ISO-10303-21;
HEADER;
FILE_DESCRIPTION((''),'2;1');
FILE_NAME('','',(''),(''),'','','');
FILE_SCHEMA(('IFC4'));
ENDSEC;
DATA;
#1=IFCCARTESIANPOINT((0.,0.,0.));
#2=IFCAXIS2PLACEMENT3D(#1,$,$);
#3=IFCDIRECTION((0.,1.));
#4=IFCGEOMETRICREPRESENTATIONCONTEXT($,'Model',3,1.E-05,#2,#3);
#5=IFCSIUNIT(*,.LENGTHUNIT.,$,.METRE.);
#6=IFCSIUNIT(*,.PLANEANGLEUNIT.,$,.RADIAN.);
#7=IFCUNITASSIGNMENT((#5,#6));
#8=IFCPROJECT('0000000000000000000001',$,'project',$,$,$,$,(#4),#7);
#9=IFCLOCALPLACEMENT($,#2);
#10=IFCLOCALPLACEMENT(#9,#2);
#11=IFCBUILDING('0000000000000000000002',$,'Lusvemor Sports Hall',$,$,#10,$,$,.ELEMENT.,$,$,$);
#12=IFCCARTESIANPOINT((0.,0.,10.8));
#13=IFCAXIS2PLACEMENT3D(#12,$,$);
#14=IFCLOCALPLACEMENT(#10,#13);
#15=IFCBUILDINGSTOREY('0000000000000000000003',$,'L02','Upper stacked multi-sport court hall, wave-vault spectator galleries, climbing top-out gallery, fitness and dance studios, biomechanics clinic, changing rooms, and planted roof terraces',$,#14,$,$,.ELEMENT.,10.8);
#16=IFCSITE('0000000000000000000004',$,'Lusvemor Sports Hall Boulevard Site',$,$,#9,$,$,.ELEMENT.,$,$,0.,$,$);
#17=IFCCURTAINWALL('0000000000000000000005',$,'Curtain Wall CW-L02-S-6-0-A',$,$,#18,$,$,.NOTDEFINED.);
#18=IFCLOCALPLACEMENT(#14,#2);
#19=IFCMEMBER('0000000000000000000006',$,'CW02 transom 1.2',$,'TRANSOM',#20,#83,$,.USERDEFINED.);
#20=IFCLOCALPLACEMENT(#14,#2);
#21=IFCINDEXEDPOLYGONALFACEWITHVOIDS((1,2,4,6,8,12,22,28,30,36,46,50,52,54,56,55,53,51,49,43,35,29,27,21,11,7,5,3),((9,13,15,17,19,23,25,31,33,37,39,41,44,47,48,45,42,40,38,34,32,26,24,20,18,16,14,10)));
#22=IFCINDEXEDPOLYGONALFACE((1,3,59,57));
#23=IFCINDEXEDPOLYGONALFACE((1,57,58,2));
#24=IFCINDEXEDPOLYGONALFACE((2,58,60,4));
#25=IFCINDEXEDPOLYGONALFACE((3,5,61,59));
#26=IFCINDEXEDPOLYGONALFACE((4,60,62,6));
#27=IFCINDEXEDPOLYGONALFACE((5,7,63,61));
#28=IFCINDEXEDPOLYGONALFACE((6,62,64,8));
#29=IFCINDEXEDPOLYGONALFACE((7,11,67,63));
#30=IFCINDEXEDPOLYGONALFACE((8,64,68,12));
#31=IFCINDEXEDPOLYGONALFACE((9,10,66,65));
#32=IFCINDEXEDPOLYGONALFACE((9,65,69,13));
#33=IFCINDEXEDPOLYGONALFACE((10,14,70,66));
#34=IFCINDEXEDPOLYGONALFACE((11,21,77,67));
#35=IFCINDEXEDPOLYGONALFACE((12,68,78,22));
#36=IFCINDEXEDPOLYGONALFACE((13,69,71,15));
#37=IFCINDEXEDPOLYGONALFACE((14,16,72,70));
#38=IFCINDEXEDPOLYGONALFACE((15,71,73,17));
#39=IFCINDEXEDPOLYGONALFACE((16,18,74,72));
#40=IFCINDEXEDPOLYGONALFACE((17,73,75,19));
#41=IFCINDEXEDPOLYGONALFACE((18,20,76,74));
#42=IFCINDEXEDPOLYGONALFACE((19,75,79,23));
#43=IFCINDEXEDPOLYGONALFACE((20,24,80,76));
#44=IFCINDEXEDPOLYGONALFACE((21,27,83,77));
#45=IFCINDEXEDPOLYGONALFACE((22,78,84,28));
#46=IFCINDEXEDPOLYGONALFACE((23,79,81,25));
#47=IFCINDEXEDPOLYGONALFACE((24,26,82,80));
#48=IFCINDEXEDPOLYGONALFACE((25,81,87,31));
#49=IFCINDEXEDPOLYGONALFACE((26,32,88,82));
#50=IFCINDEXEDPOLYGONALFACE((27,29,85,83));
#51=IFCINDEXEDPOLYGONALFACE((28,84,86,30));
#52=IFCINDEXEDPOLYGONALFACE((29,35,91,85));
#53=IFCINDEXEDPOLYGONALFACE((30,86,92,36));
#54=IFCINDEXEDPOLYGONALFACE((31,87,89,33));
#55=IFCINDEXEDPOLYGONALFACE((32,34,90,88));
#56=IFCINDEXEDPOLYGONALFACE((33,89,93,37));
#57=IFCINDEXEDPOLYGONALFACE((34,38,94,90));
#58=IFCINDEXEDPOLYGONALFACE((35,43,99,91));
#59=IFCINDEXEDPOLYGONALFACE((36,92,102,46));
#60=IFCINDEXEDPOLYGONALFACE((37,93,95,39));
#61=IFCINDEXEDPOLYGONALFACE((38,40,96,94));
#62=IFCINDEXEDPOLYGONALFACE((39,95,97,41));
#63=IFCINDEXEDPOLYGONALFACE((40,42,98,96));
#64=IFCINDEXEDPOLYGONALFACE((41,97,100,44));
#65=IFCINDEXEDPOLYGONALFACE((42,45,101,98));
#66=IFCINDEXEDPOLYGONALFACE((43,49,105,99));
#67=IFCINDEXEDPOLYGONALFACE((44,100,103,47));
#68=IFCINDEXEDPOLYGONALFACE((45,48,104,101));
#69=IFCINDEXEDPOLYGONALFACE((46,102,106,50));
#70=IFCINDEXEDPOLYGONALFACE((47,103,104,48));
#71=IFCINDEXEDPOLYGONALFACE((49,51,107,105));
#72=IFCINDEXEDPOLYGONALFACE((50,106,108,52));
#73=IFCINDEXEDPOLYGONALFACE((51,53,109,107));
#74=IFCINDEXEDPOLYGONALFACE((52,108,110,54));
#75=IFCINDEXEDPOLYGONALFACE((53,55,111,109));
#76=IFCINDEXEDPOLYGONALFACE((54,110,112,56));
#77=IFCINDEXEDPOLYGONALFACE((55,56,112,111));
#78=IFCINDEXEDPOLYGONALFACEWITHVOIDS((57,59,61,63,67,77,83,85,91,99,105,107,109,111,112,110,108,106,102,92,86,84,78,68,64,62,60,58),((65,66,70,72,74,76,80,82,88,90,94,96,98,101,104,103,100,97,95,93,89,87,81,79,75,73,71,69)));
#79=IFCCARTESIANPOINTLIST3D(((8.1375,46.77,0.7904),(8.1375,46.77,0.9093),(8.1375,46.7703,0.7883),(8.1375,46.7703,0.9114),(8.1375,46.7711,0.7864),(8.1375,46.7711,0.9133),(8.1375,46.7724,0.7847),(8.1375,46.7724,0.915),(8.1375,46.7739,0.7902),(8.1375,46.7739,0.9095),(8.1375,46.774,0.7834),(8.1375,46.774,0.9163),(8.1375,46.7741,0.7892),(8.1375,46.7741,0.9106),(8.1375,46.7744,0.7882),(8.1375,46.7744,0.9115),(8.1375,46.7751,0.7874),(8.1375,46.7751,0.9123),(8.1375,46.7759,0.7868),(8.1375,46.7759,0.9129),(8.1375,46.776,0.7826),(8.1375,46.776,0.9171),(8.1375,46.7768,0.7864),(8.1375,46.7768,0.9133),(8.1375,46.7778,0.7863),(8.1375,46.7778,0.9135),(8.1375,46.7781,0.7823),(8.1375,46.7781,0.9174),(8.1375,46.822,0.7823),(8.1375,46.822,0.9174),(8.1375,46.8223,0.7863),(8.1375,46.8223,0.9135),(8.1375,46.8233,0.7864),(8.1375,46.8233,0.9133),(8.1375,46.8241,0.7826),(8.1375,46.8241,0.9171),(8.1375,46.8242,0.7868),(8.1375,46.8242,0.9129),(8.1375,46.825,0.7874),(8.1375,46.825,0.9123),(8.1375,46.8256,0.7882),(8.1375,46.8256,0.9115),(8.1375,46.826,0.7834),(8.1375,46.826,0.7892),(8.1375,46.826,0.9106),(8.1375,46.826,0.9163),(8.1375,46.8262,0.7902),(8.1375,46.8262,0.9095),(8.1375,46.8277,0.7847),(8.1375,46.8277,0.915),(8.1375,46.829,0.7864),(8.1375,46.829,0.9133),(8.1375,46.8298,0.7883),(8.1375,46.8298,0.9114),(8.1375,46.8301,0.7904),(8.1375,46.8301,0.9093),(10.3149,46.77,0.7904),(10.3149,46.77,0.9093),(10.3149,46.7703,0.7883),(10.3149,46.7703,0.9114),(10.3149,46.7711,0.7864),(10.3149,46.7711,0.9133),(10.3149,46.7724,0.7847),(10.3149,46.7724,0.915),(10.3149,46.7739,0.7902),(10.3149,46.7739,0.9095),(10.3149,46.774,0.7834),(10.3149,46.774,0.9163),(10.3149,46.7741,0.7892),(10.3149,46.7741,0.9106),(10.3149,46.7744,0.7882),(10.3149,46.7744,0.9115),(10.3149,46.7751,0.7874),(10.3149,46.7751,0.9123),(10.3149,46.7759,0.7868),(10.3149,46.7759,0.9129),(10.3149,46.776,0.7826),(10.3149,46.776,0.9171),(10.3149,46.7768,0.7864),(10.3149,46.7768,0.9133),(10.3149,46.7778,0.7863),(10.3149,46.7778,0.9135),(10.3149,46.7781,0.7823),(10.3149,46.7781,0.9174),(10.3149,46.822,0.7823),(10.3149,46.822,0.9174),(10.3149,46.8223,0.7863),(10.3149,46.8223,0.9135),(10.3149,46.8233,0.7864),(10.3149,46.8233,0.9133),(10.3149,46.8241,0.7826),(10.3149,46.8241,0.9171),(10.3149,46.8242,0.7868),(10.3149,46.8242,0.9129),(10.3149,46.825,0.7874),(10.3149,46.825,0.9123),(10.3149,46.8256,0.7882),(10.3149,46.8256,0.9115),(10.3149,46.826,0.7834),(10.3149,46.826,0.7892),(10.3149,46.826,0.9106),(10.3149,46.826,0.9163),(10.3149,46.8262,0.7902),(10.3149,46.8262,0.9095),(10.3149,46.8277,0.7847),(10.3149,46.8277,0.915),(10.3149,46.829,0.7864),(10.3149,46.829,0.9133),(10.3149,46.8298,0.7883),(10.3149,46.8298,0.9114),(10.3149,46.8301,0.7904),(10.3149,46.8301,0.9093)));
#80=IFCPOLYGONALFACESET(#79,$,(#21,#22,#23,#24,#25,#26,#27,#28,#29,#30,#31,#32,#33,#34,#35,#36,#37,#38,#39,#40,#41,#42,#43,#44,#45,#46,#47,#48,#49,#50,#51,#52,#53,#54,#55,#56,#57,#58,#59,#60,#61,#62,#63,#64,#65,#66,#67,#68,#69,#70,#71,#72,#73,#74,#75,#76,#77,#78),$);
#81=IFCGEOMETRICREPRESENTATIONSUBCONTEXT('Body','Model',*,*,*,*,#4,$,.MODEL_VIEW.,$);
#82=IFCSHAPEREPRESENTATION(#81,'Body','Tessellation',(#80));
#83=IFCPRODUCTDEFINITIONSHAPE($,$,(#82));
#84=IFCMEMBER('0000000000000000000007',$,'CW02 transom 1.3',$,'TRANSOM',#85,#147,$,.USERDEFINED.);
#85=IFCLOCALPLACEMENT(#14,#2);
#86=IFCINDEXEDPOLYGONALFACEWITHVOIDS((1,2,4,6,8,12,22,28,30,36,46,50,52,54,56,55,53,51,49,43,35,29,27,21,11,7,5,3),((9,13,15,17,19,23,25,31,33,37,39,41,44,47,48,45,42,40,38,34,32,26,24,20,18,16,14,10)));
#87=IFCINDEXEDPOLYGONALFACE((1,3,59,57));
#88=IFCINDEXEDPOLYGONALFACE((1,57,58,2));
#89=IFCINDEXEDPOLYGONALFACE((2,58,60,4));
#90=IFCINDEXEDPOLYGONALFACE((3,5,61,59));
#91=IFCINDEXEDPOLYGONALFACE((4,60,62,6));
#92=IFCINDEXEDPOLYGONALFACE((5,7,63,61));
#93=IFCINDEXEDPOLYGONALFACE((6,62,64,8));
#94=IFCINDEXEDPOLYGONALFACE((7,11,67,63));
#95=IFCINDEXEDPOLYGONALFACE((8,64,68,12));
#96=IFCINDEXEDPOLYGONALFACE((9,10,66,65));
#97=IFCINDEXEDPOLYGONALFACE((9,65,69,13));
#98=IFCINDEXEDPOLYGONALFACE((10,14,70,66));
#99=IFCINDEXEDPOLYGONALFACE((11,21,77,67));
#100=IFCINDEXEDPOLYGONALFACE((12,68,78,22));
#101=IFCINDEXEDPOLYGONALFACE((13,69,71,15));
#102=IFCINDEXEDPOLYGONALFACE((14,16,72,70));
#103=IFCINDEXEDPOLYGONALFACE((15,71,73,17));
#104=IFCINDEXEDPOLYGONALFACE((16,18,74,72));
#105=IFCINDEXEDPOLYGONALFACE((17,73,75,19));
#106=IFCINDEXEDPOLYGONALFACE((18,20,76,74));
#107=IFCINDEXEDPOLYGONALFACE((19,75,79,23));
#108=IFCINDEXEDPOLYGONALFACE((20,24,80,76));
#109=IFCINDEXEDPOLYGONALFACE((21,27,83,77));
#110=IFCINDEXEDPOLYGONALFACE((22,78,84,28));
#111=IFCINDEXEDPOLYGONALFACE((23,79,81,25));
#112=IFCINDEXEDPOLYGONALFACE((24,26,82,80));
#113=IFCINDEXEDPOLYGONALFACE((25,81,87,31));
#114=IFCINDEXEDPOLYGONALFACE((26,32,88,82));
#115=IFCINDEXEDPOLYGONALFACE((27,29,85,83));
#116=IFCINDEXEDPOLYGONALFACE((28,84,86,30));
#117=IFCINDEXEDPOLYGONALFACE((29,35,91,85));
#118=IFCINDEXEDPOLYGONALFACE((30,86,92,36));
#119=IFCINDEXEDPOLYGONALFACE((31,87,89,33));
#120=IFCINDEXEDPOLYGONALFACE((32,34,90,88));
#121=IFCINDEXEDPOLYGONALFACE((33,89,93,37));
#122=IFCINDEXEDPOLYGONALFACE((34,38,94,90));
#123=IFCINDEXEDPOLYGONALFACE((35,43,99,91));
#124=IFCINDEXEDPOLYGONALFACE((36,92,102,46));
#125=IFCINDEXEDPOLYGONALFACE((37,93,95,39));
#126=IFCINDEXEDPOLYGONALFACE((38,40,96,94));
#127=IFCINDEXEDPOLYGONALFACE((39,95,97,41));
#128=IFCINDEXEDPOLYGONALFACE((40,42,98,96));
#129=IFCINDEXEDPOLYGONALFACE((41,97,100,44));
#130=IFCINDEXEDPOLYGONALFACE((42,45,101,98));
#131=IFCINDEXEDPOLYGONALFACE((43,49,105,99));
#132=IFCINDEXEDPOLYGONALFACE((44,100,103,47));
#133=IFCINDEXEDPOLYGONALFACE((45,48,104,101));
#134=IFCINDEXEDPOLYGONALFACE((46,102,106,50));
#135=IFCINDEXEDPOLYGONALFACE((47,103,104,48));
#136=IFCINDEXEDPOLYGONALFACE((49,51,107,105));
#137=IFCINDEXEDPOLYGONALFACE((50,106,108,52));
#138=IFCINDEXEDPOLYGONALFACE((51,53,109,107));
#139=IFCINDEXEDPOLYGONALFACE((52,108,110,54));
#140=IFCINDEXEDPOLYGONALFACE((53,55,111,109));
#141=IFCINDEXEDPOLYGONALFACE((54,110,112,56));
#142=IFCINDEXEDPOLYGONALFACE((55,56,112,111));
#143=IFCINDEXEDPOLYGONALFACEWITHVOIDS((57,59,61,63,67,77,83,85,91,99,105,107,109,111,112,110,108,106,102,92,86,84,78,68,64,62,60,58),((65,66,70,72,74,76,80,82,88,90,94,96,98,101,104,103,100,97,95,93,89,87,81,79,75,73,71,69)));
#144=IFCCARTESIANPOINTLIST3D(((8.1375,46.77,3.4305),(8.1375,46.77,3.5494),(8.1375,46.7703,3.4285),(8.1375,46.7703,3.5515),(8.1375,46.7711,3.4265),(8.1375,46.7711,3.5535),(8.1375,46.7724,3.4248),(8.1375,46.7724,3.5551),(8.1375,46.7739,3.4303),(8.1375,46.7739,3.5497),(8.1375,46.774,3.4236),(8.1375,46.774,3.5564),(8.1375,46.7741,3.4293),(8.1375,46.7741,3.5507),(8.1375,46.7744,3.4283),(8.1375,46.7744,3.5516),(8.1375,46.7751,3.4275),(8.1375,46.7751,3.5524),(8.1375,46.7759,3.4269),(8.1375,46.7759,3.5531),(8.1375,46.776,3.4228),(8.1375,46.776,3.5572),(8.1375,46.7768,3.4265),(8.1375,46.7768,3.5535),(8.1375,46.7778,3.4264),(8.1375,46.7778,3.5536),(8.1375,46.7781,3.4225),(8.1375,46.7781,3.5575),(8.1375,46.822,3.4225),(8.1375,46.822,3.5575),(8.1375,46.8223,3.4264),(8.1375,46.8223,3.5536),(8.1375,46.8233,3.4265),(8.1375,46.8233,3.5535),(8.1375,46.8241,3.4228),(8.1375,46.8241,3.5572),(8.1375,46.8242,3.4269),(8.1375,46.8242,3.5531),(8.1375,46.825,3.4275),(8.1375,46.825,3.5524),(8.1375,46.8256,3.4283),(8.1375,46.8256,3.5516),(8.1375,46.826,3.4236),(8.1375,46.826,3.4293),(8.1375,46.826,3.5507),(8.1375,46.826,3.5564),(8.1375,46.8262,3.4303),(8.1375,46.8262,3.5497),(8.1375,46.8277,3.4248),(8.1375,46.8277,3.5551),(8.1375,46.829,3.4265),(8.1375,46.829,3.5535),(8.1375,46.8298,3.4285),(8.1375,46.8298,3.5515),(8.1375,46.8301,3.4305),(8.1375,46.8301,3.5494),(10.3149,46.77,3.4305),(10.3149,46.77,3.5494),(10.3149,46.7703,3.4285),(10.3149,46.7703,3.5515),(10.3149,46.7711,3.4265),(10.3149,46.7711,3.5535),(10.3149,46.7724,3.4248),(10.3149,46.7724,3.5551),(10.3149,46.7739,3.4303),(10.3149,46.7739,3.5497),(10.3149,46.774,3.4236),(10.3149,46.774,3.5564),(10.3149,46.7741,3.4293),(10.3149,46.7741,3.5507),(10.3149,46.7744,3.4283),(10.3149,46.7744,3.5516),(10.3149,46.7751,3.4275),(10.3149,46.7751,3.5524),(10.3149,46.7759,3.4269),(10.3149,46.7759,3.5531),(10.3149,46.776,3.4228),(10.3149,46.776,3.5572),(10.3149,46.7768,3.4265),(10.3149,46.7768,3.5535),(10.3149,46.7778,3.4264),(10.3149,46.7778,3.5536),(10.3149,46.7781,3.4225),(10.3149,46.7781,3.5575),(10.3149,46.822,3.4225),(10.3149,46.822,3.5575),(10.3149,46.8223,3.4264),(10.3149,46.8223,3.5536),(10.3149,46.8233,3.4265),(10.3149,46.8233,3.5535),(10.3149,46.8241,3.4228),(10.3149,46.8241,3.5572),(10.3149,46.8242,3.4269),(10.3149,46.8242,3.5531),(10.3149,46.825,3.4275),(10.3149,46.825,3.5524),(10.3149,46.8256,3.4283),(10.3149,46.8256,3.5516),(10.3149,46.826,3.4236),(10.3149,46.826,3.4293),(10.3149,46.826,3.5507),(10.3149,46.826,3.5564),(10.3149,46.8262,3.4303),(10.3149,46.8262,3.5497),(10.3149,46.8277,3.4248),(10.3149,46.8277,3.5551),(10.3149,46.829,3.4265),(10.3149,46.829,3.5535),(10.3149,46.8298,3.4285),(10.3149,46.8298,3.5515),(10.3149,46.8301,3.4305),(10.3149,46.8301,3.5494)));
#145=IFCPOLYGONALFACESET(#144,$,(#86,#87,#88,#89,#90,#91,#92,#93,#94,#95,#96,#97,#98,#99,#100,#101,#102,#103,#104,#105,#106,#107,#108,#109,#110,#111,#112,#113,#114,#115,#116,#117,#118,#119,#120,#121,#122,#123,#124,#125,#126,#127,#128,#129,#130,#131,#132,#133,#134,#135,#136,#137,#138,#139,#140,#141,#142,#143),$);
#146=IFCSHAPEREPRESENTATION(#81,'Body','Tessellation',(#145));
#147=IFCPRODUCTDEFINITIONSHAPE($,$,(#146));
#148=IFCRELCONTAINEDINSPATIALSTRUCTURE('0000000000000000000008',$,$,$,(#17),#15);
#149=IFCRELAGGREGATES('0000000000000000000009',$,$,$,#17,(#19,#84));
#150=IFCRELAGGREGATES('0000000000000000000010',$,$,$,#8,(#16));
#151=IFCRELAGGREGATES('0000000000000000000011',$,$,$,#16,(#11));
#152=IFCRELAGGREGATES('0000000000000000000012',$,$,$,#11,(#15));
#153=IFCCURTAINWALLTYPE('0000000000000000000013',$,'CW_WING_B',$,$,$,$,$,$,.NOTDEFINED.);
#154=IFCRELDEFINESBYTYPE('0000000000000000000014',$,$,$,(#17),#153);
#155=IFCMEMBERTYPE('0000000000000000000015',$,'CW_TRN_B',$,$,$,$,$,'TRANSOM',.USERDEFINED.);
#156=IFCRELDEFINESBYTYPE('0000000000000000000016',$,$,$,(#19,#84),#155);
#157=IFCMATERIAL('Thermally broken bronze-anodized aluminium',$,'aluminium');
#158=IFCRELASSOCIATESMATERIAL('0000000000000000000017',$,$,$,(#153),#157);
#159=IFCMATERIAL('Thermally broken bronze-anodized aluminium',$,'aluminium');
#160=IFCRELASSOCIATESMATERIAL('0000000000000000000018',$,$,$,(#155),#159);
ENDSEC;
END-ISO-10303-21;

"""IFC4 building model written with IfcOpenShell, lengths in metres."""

from ifc_helpers import new_model, si_unit, direction, frame, origin, origin_2d, place, context, subcontext, project, spatial, hollow_rectangle, extrude, material, material_profile, profile_set, type_object, element, aggregate, save


model = new_model("IFC4")

# Units and contexts
model_context = context("Model", 3, precision=1e-05, world=origin(), true_north=direction((0.0, 1.0)))
body_context = subcontext(model_context, "Body", "Model", "MODEL_VIEW")
ifc_project = project(units=[si_unit("LENGTHUNIT", "METRE"), si_unit("PLANEANGLEUNIT", "RADIAN")], contexts=[model_context])

# Site, building, storey
site_placement = place(None, origin())
site = spatial("IfcSite", under=ifc_project, at=site_placement, Name="Lusvemor Sports Hall Boulevard Site", CompositionType="ELEMENT", RefElevation=0.0)
building_placement = place(site_placement, origin())
building = spatial("IfcBuilding", under=site, at=building_placement, Name="Lusvemor Sports Hall", CompositionType="ELEMENT")
storey_placement = place(building_placement, frame((0.0, 0.0, 10.8)))
storey = spatial("IfcBuildingStorey", under=building, at=storey_placement, Name="L02", Description="Upper stacked multi-sport court hall, wave-vault spectator galleries, climbing top-out gallery, fitness and dance studios, biomechanics clinic, changing rooms, and planted roof terraces", CompositionType="ELEMENT", Elevation=10.8)

# Curtain wall
ifc_material_1 = material(Name="Thermally broken bronze-anodized aluminium", Category="aluminium")
curtain_wall_type = type_object("IfcCurtainWallType", Name="CW_WING_B", PredefinedType="NOTDEFINED", material=ifc_material_1)
curtain_wall_1_placement = place(storey_placement, origin())
curtain_wall_1 = element("IfcCurtainWall", 1, at=curtain_wall_1_placement, inside=storey, type_object=curtain_wall_type, Name="Curtain Wall CW-L02-S-6-0-A", PredefinedType="NOTDEFINED")

# Members
ifc_material_2 = material(Name="Thermally broken bronze-anodized aluminium", Category="aluminium")
ifc_material_profile_1 = material_profile(ifc_material_2, hollow_rectangle(XDim=0.0601, YDim=0.135, WallThickness=0.0039, InnerFilletRadius=0.0039, OuterFilletRadius=0.0081, at=origin_2d()), Name="CWTRN135x60x4")
ifc_profile_set_1 = profile_set([ifc_material_profile_1], Name="Thermally broken bronze-anodized aluminium")
member_type_1 = type_object("IfcMemberType", Name="CW_TRN_B", ElementType="TRANSOM", PredefinedType="USERDEFINED", material=ifc_profile_set_1)
member_1_placement = place(storey_placement, frame((10.3149, 46.8, 0.8499), z_axis=(-1.0, 0.0, 0.0), x_axis=(0.0, -1.0, 0.0)))
member_1 = element("IfcMember", 2, at=member_1_placement, type_object=member_type_1, Name="CW02 transom 1.2", ObjectType="TRANSOM", PredefinedType="USERDEFINED", context=body_context, shape_type="SweptSolid", body=[
    extrude(hollow_rectangle(XDim=0.0601, YDim=0.135, WallThickness=0.0039, InnerFilletRadius=0.0039, OuterFilletRadius=0.0081, at=origin_2d()), origin(), (0.0, 0.0, 1.0), 2.1775),
])
member_2_placement = place(storey_placement, frame((10.3149, 46.8, 3.49), z_axis=(-1.0, 0.0, 0.0), x_axis=(0.0, -1.0, 0.0)))
member_2 = element("IfcMember", 3, at=member_2_placement, type_object=member_type_1, Name="CW02 transom 1.3", ObjectType="TRANSOM", PredefinedType="USERDEFINED", context=body_context, shape_type="SweptSolid", body=[
    extrude(hollow_rectangle(XDim=0.0601, YDim=0.135, WallThickness=0.0039, InnerFilletRadius=0.0039, OuterFilletRadius=0.0081, at=origin_2d()), origin(), (0.0, 0.0, 1.0), 2.1775),
])

aggregate(curtain_wall_1, [member_1, member_2])

save(model, "model.ifc")
